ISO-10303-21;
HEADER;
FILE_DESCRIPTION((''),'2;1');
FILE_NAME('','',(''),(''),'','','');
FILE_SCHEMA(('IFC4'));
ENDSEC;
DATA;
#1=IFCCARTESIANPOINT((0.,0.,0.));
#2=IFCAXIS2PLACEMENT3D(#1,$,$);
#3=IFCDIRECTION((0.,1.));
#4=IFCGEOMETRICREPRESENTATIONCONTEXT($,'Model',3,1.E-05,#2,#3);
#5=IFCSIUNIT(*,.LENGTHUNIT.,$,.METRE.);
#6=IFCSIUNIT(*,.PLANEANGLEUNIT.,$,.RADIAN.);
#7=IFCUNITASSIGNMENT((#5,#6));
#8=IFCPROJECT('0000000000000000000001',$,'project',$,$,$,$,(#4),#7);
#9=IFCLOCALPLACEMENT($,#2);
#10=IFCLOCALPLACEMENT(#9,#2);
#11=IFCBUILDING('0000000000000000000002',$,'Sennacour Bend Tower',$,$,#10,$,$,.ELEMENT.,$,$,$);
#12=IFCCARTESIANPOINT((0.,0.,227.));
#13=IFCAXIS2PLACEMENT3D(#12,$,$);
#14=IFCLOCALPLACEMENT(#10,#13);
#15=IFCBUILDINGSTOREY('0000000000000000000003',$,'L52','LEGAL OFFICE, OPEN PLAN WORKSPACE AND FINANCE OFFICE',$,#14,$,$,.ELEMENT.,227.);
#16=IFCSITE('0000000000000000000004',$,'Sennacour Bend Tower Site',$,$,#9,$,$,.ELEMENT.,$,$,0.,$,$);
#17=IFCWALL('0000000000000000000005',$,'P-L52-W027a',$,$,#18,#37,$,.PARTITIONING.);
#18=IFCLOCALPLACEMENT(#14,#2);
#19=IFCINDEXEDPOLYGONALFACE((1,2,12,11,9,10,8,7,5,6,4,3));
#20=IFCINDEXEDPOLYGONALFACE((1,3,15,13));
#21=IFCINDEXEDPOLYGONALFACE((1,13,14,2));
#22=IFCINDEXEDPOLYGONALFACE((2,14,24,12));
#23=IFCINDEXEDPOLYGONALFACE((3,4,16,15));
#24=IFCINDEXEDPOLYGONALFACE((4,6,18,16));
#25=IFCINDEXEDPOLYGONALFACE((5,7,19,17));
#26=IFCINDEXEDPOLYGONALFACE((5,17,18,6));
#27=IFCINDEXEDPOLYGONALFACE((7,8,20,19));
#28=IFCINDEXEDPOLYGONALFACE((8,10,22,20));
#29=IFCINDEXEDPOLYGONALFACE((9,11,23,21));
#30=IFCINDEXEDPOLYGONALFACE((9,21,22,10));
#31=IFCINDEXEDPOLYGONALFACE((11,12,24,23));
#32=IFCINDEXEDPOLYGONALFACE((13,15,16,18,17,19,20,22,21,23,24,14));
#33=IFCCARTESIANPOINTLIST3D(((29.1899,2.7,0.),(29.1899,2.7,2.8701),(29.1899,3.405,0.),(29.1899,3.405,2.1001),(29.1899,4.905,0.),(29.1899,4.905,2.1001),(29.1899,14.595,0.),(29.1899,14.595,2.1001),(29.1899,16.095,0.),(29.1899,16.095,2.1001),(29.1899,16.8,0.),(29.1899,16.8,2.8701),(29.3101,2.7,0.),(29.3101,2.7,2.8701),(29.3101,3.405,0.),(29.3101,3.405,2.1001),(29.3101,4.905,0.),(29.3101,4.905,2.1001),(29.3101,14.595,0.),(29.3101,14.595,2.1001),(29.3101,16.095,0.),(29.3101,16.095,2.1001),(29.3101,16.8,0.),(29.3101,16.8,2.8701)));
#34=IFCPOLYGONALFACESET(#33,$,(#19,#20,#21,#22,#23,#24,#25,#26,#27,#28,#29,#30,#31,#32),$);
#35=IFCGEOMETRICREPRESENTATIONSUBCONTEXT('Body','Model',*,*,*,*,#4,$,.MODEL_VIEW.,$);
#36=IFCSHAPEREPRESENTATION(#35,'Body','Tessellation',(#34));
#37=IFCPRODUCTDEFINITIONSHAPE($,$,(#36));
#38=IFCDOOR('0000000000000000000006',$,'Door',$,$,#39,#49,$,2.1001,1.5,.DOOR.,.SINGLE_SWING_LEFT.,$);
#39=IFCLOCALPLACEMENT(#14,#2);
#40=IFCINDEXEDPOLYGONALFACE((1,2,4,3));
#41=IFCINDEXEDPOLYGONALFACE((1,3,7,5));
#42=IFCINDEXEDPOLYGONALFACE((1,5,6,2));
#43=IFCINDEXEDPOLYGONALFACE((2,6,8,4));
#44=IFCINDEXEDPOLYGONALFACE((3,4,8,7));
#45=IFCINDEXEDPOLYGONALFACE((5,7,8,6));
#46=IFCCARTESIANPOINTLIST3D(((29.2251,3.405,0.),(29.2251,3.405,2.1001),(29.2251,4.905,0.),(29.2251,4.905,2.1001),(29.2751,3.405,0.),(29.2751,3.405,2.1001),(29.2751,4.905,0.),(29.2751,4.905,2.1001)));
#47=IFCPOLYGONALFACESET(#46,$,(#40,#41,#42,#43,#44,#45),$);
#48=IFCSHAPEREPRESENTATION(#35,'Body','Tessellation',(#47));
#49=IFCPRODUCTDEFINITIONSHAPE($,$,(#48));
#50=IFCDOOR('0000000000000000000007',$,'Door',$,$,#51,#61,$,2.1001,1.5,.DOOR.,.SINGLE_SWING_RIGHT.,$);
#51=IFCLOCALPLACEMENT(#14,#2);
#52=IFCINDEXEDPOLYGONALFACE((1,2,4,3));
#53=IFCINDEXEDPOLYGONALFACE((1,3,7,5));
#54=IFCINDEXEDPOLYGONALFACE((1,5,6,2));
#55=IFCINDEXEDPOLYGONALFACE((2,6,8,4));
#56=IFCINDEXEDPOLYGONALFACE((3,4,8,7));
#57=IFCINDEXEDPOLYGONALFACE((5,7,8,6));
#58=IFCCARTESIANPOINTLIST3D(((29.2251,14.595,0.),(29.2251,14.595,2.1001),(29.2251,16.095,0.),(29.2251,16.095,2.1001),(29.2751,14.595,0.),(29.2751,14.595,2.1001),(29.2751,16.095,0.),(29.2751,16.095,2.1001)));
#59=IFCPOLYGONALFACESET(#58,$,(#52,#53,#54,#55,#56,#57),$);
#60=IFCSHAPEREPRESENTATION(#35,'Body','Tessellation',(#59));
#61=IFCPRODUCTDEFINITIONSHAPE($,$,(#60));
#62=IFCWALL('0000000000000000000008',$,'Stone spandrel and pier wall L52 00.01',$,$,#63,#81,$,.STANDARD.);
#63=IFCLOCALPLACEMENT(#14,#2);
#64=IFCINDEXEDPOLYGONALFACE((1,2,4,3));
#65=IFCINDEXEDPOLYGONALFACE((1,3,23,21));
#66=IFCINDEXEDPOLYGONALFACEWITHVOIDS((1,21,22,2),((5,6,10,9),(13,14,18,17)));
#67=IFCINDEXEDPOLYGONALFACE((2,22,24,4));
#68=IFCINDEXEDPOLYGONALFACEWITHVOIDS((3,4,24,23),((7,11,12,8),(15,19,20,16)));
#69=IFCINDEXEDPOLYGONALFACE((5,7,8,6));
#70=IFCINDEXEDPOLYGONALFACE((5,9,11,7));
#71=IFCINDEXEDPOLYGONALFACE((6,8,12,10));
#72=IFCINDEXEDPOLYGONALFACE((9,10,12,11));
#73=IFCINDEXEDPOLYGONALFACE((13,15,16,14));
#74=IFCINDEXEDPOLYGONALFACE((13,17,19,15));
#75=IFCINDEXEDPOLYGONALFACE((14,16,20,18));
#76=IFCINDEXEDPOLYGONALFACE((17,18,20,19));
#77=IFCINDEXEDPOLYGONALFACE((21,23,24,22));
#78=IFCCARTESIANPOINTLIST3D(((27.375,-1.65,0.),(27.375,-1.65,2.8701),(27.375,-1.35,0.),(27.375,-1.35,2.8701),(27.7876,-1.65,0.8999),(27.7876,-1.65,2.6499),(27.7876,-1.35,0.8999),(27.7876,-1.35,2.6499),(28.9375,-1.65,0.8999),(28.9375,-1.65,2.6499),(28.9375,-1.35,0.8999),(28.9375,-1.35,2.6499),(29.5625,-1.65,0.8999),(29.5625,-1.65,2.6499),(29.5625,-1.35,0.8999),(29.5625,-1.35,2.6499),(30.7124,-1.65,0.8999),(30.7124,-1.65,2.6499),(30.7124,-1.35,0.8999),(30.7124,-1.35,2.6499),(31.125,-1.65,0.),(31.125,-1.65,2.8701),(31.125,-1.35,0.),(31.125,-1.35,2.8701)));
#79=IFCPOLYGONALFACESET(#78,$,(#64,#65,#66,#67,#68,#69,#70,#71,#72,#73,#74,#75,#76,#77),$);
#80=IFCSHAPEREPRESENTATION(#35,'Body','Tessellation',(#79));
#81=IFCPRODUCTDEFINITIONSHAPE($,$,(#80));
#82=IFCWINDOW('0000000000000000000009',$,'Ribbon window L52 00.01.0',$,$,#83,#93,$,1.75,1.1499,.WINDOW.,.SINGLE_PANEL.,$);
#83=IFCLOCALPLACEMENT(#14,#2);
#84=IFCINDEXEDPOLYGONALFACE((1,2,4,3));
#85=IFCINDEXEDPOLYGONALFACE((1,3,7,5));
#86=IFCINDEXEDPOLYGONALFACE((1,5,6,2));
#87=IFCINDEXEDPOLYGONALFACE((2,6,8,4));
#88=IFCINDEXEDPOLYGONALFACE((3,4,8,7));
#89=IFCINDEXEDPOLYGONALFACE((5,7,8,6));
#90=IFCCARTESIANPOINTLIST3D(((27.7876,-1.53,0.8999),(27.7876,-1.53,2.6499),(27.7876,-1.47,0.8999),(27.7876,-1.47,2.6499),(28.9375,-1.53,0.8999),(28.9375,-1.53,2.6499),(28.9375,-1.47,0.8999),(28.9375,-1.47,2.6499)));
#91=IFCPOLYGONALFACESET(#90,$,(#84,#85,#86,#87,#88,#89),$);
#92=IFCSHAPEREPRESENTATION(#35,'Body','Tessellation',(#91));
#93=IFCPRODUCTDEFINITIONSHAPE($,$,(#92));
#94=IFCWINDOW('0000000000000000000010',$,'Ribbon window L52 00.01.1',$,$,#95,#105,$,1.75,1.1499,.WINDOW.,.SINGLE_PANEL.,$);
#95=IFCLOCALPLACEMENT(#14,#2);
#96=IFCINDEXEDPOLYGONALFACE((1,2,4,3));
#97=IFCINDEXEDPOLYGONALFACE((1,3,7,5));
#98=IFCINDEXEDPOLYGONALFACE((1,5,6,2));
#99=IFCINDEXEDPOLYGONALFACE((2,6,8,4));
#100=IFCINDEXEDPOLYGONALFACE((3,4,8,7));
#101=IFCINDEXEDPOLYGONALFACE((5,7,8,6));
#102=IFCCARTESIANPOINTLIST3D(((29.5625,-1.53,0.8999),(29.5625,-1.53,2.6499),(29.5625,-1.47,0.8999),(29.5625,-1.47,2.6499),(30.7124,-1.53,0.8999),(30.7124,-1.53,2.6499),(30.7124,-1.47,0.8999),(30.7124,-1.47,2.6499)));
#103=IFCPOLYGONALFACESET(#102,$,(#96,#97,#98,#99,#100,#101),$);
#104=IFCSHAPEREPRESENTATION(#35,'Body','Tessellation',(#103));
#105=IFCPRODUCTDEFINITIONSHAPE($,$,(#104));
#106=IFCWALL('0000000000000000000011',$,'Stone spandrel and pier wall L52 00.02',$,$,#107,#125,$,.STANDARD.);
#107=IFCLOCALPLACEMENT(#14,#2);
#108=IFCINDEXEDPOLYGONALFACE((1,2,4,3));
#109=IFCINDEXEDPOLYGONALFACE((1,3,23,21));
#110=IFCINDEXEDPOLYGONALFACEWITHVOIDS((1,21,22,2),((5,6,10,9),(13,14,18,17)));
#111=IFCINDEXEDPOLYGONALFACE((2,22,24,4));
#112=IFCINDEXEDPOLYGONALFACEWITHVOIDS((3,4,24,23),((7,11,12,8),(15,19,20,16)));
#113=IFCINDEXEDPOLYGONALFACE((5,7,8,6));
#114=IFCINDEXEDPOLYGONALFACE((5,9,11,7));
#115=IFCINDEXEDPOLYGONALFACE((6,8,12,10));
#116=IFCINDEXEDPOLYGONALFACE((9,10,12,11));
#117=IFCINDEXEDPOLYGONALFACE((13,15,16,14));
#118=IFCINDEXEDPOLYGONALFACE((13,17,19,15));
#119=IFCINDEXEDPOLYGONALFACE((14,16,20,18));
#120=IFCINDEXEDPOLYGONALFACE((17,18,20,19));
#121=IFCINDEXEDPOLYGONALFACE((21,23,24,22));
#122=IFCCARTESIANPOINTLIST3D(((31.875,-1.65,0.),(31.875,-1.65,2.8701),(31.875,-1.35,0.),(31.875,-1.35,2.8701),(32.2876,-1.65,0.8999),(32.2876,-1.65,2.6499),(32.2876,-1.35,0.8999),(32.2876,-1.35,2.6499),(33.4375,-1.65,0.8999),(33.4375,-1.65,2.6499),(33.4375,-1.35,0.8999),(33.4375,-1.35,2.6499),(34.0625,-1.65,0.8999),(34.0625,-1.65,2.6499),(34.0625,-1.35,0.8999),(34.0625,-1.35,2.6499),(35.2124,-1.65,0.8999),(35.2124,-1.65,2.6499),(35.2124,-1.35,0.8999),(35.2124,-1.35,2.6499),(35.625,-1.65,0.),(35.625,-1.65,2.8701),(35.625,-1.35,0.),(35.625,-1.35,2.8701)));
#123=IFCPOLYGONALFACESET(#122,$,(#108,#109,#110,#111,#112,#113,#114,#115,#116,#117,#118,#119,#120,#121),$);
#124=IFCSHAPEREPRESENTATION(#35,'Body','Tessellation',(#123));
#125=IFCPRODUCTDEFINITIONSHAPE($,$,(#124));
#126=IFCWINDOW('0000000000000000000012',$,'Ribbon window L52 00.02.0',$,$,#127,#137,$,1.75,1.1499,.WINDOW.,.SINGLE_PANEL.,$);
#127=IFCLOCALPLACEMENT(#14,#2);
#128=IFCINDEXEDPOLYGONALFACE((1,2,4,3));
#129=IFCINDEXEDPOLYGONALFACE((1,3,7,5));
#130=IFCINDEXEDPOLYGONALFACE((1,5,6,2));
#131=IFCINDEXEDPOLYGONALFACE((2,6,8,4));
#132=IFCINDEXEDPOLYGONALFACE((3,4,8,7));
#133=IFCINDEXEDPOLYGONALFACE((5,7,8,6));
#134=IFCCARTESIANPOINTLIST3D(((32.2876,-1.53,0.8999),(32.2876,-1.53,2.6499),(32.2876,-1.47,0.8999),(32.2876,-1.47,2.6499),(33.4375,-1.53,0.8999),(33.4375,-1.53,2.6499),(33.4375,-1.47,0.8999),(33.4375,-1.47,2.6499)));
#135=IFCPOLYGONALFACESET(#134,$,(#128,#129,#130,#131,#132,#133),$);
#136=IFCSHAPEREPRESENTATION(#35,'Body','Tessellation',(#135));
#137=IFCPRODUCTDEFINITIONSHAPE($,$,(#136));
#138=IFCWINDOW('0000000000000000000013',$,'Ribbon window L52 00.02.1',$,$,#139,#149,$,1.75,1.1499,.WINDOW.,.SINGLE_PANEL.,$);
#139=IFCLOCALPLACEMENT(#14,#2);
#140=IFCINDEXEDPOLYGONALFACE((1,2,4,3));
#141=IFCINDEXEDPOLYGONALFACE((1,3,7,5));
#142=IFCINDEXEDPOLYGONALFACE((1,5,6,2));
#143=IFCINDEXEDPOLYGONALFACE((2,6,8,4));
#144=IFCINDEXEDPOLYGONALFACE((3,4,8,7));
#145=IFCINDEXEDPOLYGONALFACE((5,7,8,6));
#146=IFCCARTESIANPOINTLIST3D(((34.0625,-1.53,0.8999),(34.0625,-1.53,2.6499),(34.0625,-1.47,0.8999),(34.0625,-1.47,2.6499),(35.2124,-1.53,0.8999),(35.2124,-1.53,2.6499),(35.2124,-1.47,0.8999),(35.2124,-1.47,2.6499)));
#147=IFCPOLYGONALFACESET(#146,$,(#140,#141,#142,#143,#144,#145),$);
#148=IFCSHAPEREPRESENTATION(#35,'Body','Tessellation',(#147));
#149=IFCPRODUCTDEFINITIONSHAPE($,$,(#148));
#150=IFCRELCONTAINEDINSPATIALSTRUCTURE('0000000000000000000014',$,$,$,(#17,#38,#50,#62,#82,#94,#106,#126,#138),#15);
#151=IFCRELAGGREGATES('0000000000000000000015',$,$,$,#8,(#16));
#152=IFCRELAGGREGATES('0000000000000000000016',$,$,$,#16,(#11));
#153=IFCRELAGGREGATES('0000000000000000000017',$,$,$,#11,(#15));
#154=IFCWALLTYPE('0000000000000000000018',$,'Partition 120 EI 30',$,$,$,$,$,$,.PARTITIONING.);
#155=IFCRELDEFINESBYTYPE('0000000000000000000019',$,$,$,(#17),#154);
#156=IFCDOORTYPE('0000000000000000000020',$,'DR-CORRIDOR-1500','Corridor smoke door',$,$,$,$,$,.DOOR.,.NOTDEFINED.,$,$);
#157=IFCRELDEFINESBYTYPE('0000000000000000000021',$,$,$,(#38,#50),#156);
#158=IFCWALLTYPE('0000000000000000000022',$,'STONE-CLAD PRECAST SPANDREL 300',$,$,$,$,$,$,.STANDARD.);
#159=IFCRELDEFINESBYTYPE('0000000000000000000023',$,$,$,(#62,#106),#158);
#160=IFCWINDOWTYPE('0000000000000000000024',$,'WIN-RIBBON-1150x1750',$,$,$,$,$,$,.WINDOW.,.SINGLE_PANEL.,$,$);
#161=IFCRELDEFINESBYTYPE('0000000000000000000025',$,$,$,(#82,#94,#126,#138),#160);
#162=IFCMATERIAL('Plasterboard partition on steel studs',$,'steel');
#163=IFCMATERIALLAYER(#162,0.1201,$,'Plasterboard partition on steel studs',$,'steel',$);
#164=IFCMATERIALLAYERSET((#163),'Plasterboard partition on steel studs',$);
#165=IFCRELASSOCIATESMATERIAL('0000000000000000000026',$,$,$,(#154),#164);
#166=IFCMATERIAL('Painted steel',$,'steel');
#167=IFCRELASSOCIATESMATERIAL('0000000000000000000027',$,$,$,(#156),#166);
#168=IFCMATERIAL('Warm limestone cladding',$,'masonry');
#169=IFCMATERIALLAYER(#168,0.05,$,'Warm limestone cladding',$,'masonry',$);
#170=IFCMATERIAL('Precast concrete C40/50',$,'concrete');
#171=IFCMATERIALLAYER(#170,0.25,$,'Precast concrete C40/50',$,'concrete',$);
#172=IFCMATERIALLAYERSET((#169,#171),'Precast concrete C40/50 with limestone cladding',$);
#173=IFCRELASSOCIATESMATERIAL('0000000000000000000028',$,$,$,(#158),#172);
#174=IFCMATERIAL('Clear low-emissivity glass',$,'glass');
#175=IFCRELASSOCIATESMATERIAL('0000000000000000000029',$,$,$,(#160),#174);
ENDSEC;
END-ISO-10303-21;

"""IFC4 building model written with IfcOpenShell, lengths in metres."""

from ifc_helpers import new_model, si_unit, direction, frame, frame_2d, origin, place, context, subcontext, project, spatial, rectangle, extrude, material, layer, layer_set, type_object, element, fill, save


model = new_model("IFC4")

# Units and contexts
model_context = context("Model", 3, precision=1e-05, world=origin(), true_north=direction((0.0, 1.0)))
body_context = subcontext(model_context, "Body", "Model", "MODEL_VIEW")
ifc_project = project(units=[si_unit("LENGTHUNIT", "METRE"), si_unit("PLANEANGLEUNIT", "RADIAN")], contexts=[model_context])

# Site, building, storey
site_placement = place(None, origin())
site = spatial("IfcSite", under=ifc_project, at=site_placement, Name="Sennacour Bend Tower Site", CompositionType="ELEMENT", RefElevation=0.0)
building_placement = place(site_placement, origin())
building = spatial("IfcBuilding", under=site, at=building_placement, Name="Sennacour Bend Tower", CompositionType="ELEMENT")
storey_placement = place(building_placement, frame((0.0, 0.0, 227.0)))
storey = spatial("IfcBuildingStorey", under=building, at=storey_placement, Name="L52", Description="LEGAL OFFICE, OPEN PLAN WORKSPACE AND FINANCE OFFICE", CompositionType="ELEMENT", Elevation=227.0)

# Shared definitions
ifc_material_1 = material(Name="Plasterboard partition on steel studs", Category="steel")

# Wall, openings, doors
ifc_layer_1 = layer(ifc_material_1, 0.1201, Name="Plasterboard partition on steel studs", Category="steel")
ifc_layer_set_1 = layer_set([ifc_layer_1], Name="Plasterboard partition on steel studs")
wall_type_1 = type_object("IfcWallType", Name="Partition 120 EI 30", PredefinedType="PARTITIONING", material=ifc_layer_set_1)
wall_1_placement = place(storey_placement, frame((29.25, 2.7, 0.0), z_axis=(0.0, 0.0, 1.0), x_axis=(0.0, 1.0, 0.0)))
wall_1 = element("IfcWall", 1, at=wall_1_placement, inside=storey, type_object=wall_type_1, Name="P-L52-W027a", PredefinedType="PARTITIONING", context=body_context, shape_type="SweptSolid", body=[
    extrude(rectangle(XDim=14.1001, YDim=0.1201, at=frame_2d((7.05, 0.0))), origin(), (0.0, 0.0, 1.0), 2.8701),
])
opening_1_placement = place(wall_1_placement, frame((0.7051, 0.0, 0.0)))
opening_1 = element("IfcOpeningElement", 2, at=opening_1_placement, cuts=wall_1, PredefinedType="OPENING", context=body_context, shape_type="SweptSolid", body=[
    extrude(rectangle(XDim=1.5, YDim=2.1001, at=frame_2d((0.75, 1.05))), frame((0.0, 0.0701, 0.0), z_axis=(0.0, -1.0, 0.0), x_axis=(1.0, 0.0, 0.0)), (0.0, 0.0, 1.0), 0.1401),
])
opening_2_placement = place(wall_1_placement, frame((11.895, 0.0, 0.0)))
opening_2 = element("IfcOpeningElement", 3, at=opening_2_placement, cuts=wall_1, PredefinedType="OPENING", context=body_context, shape_type="SweptSolid", body=[
    extrude(rectangle(XDim=1.5, YDim=2.1001, at=frame_2d((0.75, 1.05))), frame((0.0, 0.0701, 0.0), z_axis=(0.0, -1.0, 0.0), x_axis=(1.0, 0.0, 0.0)), (0.0, 0.0, 1.0), 0.1401),
])
ifc_material_2 = material(Name="Painted steel", Category="steel")
door_type_1 = type_object("IfcDoorType", Name="DR-CORRIDOR-1500", Description="Corridor smoke door", OperationType="NOTDEFINED", PredefinedType="DOOR", material=ifc_material_2)
door_1_placement = place(opening_1_placement, origin())
door_1 = element("IfcDoor", 4, at=door_1_placement, inside=storey, type_object=door_type_1, Name="Door", OperationType="SINGLE_SWING_LEFT", OverallHeight=2.1001, OverallWidth=1.5, PredefinedType="DOOR", context=body_context, shape_type="SweptSolid", body=[
    extrude(rectangle(XDim=1.5, YDim=2.1001, at=frame_2d((0.75, 1.05))), frame((0.0, 0.0249, 0.0), z_axis=(0.0, -1.0, 0.0), x_axis=(1.0, 0.0, 0.0)), (0.0, 0.0, 1.0), 0.05),
])
fill(opening_1, door_1)
door_2_placement = place(opening_2_placement, origin())
door_2 = element("IfcDoor", 5, at=door_2_placement, inside=storey, type_object=door_type_1, Name="Door", OperationType="SINGLE_SWING_RIGHT", OverallHeight=2.1001, OverallWidth=1.5, PredefinedType="DOOR", context=body_context, shape_type="SweptSolid", body=[
    extrude(rectangle(XDim=1.5, YDim=2.1001, at=frame_2d((0.75, 1.05))), frame((0.0, 0.0249, 0.0), z_axis=(0.0, -1.0, 0.0), x_axis=(1.0, 0.0, 0.0)), (0.0, 0.0, 1.0), 0.05),
])
fill(opening_2, door_2)

# Walls, openings, windows
ifc_material_3 = material(Name="Warm limestone cladding", Category="masonry")
ifc_layer_2 = layer(ifc_material_3, 0.05, Name="Warm limestone cladding", Category="masonry")
ifc_material_4 = material(Name="Precast concrete C40/50", Category="concrete")
ifc_layer_3 = layer(ifc_material_4, 0.25, Name="Precast concrete C40/50", Category="concrete")
ifc_layer_set_2 = layer_set([ifc_layer_2, ifc_layer_3], Name="Precast concrete C40/50 with limestone cladding")
wall_type_2 = type_object("IfcWallType", Name="STONE-CLAD PRECAST SPANDREL 300", PredefinedType="STANDARD", material=ifc_layer_set_2)
wall_2_placement = place(storey_placement, frame((27.375, -1.5, 0.0), z_axis=(0.0, 0.0, 1.0), x_axis=(1.0, 0.0, 0.0)))
wall_2 = element("IfcWall", 6, at=wall_2_placement, inside=storey, type_object=wall_type_2, Name="Stone spandrel and pier wall L52 00.01", PredefinedType="STANDARD", context=body_context, shape_type="SweptSolid", body=[
    extrude(rectangle(XDim=3.75, YDim=0.3, at=frame_2d((1.875, 0.0))), origin(), (0.0, 0.0, 1.0), 2.8701),
])
opening_3_placement = place(wall_2_placement, frame((0.4126, 0.0, 0.8999)))
opening_3 = element("IfcOpeningElement", 7, at=opening_3_placement, cuts=wall_2, PredefinedType="OPENING", context=body_context, shape_type="SweptSolid", body=[
    extrude(rectangle(XDim=1.1499, YDim=1.75, at=frame_2d((0.575, 0.875))), frame((0.0, 0.1602, 0.0), z_axis=(0.0, -1.0, 0.0), x_axis=(1.0, 0.0, 0.0)), (0.0, 0.0, 1.0), 0.3201),
])
opening_4_placement = place(wall_2_placement, frame((2.1875, 0.0, 0.8999)))
opening_4 = element("IfcOpeningElement", 8, at=opening_4_placement, cuts=wall_2, PredefinedType="OPENING", context=body_context, shape_type="SweptSolid", body=[
    extrude(rectangle(XDim=1.1499, YDim=1.75, at=frame_2d((0.575, 0.875))), frame((0.0, 0.1602, 0.0), z_axis=(0.0, -1.0, 0.0), x_axis=(1.0, 0.0, 0.0)), (0.0, 0.0, 1.0), 0.3201),
])
ifc_material_5 = material(Name="Clear low-emissivity glass", Category="glass")
window_type = type_object("IfcWindowType", Name="WIN-RIBBON-1150x1750", PartitioningType="SINGLE_PANEL", PredefinedType="WINDOW", material=ifc_material_5)
window_1_placement = place(opening_3_placement, origin())
window_1 = element("IfcWindow", 9, at=window_1_placement, inside=storey, type_object=window_type, Name="Ribbon window L52 00.01.0", OverallHeight=1.75, OverallWidth=1.1499, PartitioningType="SINGLE_PANEL", PredefinedType="WINDOW", context=body_context, shape_type="SweptSolid", body=[
    extrude(rectangle(XDim=1.1499, YDim=1.75, at=frame_2d((0.575, 0.875))), frame((0.0, 0.03, 0.0), z_axis=(0.0, -1.0, 0.0), x_axis=(1.0, 0.0, 0.0)), (0.0, 0.0, 1.0), 0.0601),
])
fill(opening_3, window_1)
window_2_placement = place(opening_4_placement, origin())
window_2 = element("IfcWindow", 10, at=window_2_placement, inside=storey, type_object=window_type, Name="Ribbon window L52 00.01.1", OverallHeight=1.75, OverallWidth=1.1499, PartitioningType="SINGLE_PANEL", PredefinedType="WINDOW", context=body_context, shape_type="SweptSolid", body=[
    extrude(rectangle(XDim=1.1499, YDim=1.75, at=frame_2d((0.575, 0.875))), frame((0.0, 0.03, 0.0), z_axis=(0.0, -1.0, 0.0), x_axis=(1.0, 0.0, 0.0)), (0.0, 0.0, 1.0), 0.0601),
])
fill(opening_4, window_2)
wall_3_placement = place(storey_placement, frame((31.875, -1.5, 0.0), z_axis=(0.0, 0.0, 1.0), x_axis=(1.0, 0.0, 0.0)))
wall_3 = element("IfcWall", 11, at=wall_3_placement, inside=storey, type_object=wall_type_2, Name="Stone spandrel and pier wall L52 00.02", PredefinedType="STANDARD", context=body_context, shape_type="SweptSolid", body=[
    extrude(rectangle(XDim=3.75, YDim=0.3, at=frame_2d((1.875, 0.0))), origin(), (0.0, 0.0, 1.0), 2.8701),
])
opening_5_placement = place(wall_3_placement, frame((0.4126, 0.0, 0.8999)))
opening_5 = element("IfcOpeningElement", 12, at=opening_5_placement, cuts=wall_3, PredefinedType="OPENING", context=body_context, shape_type="SweptSolid", body=[
    extrude(rectangle(XDim=1.1499, YDim=1.75, at=frame_2d((0.575, 0.875))), frame((0.0, 0.1602, 0.0), z_axis=(0.0, -1.0, 0.0), x_axis=(1.0, 0.0, 0.0)), (0.0, 0.0, 1.0), 0.3201),
])
opening_6_placement = place(wall_3_placement, frame((2.1875, 0.0, 0.8999)))
opening_6 = element("IfcOpeningElement", 13, at=opening_6_placement, cuts=wall_3, PredefinedType="OPENING", context=body_context, shape_type="SweptSolid", body=[
    extrude(rectangle(XDim=1.1499, YDim=1.75, at=frame_2d((0.575, 0.875))), frame((0.0, 0.1602, 0.0), z_axis=(0.0, -1.0, 0.0), x_axis=(1.0, 0.0, 0.0)), (0.0, 0.0, 1.0), 0.3201),
])
window_3_placement = place(opening_5_placement, origin())
window_3 = element("IfcWindow", 14, at=window_3_placement, inside=storey, type_object=window_type, Name="Ribbon window L52 00.02.0", OverallHeight=1.75, OverallWidth=1.1499, PartitioningType="SINGLE_PANEL", PredefinedType="WINDOW", context=body_context, shape_type="SweptSolid", body=[
    extrude(rectangle(XDim=1.1499, YDim=1.75, at=frame_2d((0.575, 0.875))), frame((0.0, 0.03, 0.0), z_axis=(0.0, -1.0, 0.0), x_axis=(1.0, 0.0, 0.0)), (0.0, 0.0, 1.0), 0.0601),
])
fill(opening_5, window_3)
window_4_placement = place(opening_6_placement, origin())
window_4 = element("IfcWindow", 15, at=window_4_placement, inside=storey, type_object=window_type, Name="Ribbon window L52 00.02.1", OverallHeight=1.75, OverallWidth=1.1499, PartitioningType="SINGLE_PANEL", PredefinedType="WINDOW", context=body_context, shape_type="SweptSolid", body=[
    extrude(rectangle(XDim=1.1499, YDim=1.75, at=frame_2d((0.575, 0.875))), frame((0.0, 0.03, 0.0), z_axis=(0.0, -1.0, 0.0), x_axis=(1.0, 0.0, 0.0)), (0.0, 0.0, 1.0), 0.0601),
])
fill(opening_6, window_4)

save(model, "model.ifc")
